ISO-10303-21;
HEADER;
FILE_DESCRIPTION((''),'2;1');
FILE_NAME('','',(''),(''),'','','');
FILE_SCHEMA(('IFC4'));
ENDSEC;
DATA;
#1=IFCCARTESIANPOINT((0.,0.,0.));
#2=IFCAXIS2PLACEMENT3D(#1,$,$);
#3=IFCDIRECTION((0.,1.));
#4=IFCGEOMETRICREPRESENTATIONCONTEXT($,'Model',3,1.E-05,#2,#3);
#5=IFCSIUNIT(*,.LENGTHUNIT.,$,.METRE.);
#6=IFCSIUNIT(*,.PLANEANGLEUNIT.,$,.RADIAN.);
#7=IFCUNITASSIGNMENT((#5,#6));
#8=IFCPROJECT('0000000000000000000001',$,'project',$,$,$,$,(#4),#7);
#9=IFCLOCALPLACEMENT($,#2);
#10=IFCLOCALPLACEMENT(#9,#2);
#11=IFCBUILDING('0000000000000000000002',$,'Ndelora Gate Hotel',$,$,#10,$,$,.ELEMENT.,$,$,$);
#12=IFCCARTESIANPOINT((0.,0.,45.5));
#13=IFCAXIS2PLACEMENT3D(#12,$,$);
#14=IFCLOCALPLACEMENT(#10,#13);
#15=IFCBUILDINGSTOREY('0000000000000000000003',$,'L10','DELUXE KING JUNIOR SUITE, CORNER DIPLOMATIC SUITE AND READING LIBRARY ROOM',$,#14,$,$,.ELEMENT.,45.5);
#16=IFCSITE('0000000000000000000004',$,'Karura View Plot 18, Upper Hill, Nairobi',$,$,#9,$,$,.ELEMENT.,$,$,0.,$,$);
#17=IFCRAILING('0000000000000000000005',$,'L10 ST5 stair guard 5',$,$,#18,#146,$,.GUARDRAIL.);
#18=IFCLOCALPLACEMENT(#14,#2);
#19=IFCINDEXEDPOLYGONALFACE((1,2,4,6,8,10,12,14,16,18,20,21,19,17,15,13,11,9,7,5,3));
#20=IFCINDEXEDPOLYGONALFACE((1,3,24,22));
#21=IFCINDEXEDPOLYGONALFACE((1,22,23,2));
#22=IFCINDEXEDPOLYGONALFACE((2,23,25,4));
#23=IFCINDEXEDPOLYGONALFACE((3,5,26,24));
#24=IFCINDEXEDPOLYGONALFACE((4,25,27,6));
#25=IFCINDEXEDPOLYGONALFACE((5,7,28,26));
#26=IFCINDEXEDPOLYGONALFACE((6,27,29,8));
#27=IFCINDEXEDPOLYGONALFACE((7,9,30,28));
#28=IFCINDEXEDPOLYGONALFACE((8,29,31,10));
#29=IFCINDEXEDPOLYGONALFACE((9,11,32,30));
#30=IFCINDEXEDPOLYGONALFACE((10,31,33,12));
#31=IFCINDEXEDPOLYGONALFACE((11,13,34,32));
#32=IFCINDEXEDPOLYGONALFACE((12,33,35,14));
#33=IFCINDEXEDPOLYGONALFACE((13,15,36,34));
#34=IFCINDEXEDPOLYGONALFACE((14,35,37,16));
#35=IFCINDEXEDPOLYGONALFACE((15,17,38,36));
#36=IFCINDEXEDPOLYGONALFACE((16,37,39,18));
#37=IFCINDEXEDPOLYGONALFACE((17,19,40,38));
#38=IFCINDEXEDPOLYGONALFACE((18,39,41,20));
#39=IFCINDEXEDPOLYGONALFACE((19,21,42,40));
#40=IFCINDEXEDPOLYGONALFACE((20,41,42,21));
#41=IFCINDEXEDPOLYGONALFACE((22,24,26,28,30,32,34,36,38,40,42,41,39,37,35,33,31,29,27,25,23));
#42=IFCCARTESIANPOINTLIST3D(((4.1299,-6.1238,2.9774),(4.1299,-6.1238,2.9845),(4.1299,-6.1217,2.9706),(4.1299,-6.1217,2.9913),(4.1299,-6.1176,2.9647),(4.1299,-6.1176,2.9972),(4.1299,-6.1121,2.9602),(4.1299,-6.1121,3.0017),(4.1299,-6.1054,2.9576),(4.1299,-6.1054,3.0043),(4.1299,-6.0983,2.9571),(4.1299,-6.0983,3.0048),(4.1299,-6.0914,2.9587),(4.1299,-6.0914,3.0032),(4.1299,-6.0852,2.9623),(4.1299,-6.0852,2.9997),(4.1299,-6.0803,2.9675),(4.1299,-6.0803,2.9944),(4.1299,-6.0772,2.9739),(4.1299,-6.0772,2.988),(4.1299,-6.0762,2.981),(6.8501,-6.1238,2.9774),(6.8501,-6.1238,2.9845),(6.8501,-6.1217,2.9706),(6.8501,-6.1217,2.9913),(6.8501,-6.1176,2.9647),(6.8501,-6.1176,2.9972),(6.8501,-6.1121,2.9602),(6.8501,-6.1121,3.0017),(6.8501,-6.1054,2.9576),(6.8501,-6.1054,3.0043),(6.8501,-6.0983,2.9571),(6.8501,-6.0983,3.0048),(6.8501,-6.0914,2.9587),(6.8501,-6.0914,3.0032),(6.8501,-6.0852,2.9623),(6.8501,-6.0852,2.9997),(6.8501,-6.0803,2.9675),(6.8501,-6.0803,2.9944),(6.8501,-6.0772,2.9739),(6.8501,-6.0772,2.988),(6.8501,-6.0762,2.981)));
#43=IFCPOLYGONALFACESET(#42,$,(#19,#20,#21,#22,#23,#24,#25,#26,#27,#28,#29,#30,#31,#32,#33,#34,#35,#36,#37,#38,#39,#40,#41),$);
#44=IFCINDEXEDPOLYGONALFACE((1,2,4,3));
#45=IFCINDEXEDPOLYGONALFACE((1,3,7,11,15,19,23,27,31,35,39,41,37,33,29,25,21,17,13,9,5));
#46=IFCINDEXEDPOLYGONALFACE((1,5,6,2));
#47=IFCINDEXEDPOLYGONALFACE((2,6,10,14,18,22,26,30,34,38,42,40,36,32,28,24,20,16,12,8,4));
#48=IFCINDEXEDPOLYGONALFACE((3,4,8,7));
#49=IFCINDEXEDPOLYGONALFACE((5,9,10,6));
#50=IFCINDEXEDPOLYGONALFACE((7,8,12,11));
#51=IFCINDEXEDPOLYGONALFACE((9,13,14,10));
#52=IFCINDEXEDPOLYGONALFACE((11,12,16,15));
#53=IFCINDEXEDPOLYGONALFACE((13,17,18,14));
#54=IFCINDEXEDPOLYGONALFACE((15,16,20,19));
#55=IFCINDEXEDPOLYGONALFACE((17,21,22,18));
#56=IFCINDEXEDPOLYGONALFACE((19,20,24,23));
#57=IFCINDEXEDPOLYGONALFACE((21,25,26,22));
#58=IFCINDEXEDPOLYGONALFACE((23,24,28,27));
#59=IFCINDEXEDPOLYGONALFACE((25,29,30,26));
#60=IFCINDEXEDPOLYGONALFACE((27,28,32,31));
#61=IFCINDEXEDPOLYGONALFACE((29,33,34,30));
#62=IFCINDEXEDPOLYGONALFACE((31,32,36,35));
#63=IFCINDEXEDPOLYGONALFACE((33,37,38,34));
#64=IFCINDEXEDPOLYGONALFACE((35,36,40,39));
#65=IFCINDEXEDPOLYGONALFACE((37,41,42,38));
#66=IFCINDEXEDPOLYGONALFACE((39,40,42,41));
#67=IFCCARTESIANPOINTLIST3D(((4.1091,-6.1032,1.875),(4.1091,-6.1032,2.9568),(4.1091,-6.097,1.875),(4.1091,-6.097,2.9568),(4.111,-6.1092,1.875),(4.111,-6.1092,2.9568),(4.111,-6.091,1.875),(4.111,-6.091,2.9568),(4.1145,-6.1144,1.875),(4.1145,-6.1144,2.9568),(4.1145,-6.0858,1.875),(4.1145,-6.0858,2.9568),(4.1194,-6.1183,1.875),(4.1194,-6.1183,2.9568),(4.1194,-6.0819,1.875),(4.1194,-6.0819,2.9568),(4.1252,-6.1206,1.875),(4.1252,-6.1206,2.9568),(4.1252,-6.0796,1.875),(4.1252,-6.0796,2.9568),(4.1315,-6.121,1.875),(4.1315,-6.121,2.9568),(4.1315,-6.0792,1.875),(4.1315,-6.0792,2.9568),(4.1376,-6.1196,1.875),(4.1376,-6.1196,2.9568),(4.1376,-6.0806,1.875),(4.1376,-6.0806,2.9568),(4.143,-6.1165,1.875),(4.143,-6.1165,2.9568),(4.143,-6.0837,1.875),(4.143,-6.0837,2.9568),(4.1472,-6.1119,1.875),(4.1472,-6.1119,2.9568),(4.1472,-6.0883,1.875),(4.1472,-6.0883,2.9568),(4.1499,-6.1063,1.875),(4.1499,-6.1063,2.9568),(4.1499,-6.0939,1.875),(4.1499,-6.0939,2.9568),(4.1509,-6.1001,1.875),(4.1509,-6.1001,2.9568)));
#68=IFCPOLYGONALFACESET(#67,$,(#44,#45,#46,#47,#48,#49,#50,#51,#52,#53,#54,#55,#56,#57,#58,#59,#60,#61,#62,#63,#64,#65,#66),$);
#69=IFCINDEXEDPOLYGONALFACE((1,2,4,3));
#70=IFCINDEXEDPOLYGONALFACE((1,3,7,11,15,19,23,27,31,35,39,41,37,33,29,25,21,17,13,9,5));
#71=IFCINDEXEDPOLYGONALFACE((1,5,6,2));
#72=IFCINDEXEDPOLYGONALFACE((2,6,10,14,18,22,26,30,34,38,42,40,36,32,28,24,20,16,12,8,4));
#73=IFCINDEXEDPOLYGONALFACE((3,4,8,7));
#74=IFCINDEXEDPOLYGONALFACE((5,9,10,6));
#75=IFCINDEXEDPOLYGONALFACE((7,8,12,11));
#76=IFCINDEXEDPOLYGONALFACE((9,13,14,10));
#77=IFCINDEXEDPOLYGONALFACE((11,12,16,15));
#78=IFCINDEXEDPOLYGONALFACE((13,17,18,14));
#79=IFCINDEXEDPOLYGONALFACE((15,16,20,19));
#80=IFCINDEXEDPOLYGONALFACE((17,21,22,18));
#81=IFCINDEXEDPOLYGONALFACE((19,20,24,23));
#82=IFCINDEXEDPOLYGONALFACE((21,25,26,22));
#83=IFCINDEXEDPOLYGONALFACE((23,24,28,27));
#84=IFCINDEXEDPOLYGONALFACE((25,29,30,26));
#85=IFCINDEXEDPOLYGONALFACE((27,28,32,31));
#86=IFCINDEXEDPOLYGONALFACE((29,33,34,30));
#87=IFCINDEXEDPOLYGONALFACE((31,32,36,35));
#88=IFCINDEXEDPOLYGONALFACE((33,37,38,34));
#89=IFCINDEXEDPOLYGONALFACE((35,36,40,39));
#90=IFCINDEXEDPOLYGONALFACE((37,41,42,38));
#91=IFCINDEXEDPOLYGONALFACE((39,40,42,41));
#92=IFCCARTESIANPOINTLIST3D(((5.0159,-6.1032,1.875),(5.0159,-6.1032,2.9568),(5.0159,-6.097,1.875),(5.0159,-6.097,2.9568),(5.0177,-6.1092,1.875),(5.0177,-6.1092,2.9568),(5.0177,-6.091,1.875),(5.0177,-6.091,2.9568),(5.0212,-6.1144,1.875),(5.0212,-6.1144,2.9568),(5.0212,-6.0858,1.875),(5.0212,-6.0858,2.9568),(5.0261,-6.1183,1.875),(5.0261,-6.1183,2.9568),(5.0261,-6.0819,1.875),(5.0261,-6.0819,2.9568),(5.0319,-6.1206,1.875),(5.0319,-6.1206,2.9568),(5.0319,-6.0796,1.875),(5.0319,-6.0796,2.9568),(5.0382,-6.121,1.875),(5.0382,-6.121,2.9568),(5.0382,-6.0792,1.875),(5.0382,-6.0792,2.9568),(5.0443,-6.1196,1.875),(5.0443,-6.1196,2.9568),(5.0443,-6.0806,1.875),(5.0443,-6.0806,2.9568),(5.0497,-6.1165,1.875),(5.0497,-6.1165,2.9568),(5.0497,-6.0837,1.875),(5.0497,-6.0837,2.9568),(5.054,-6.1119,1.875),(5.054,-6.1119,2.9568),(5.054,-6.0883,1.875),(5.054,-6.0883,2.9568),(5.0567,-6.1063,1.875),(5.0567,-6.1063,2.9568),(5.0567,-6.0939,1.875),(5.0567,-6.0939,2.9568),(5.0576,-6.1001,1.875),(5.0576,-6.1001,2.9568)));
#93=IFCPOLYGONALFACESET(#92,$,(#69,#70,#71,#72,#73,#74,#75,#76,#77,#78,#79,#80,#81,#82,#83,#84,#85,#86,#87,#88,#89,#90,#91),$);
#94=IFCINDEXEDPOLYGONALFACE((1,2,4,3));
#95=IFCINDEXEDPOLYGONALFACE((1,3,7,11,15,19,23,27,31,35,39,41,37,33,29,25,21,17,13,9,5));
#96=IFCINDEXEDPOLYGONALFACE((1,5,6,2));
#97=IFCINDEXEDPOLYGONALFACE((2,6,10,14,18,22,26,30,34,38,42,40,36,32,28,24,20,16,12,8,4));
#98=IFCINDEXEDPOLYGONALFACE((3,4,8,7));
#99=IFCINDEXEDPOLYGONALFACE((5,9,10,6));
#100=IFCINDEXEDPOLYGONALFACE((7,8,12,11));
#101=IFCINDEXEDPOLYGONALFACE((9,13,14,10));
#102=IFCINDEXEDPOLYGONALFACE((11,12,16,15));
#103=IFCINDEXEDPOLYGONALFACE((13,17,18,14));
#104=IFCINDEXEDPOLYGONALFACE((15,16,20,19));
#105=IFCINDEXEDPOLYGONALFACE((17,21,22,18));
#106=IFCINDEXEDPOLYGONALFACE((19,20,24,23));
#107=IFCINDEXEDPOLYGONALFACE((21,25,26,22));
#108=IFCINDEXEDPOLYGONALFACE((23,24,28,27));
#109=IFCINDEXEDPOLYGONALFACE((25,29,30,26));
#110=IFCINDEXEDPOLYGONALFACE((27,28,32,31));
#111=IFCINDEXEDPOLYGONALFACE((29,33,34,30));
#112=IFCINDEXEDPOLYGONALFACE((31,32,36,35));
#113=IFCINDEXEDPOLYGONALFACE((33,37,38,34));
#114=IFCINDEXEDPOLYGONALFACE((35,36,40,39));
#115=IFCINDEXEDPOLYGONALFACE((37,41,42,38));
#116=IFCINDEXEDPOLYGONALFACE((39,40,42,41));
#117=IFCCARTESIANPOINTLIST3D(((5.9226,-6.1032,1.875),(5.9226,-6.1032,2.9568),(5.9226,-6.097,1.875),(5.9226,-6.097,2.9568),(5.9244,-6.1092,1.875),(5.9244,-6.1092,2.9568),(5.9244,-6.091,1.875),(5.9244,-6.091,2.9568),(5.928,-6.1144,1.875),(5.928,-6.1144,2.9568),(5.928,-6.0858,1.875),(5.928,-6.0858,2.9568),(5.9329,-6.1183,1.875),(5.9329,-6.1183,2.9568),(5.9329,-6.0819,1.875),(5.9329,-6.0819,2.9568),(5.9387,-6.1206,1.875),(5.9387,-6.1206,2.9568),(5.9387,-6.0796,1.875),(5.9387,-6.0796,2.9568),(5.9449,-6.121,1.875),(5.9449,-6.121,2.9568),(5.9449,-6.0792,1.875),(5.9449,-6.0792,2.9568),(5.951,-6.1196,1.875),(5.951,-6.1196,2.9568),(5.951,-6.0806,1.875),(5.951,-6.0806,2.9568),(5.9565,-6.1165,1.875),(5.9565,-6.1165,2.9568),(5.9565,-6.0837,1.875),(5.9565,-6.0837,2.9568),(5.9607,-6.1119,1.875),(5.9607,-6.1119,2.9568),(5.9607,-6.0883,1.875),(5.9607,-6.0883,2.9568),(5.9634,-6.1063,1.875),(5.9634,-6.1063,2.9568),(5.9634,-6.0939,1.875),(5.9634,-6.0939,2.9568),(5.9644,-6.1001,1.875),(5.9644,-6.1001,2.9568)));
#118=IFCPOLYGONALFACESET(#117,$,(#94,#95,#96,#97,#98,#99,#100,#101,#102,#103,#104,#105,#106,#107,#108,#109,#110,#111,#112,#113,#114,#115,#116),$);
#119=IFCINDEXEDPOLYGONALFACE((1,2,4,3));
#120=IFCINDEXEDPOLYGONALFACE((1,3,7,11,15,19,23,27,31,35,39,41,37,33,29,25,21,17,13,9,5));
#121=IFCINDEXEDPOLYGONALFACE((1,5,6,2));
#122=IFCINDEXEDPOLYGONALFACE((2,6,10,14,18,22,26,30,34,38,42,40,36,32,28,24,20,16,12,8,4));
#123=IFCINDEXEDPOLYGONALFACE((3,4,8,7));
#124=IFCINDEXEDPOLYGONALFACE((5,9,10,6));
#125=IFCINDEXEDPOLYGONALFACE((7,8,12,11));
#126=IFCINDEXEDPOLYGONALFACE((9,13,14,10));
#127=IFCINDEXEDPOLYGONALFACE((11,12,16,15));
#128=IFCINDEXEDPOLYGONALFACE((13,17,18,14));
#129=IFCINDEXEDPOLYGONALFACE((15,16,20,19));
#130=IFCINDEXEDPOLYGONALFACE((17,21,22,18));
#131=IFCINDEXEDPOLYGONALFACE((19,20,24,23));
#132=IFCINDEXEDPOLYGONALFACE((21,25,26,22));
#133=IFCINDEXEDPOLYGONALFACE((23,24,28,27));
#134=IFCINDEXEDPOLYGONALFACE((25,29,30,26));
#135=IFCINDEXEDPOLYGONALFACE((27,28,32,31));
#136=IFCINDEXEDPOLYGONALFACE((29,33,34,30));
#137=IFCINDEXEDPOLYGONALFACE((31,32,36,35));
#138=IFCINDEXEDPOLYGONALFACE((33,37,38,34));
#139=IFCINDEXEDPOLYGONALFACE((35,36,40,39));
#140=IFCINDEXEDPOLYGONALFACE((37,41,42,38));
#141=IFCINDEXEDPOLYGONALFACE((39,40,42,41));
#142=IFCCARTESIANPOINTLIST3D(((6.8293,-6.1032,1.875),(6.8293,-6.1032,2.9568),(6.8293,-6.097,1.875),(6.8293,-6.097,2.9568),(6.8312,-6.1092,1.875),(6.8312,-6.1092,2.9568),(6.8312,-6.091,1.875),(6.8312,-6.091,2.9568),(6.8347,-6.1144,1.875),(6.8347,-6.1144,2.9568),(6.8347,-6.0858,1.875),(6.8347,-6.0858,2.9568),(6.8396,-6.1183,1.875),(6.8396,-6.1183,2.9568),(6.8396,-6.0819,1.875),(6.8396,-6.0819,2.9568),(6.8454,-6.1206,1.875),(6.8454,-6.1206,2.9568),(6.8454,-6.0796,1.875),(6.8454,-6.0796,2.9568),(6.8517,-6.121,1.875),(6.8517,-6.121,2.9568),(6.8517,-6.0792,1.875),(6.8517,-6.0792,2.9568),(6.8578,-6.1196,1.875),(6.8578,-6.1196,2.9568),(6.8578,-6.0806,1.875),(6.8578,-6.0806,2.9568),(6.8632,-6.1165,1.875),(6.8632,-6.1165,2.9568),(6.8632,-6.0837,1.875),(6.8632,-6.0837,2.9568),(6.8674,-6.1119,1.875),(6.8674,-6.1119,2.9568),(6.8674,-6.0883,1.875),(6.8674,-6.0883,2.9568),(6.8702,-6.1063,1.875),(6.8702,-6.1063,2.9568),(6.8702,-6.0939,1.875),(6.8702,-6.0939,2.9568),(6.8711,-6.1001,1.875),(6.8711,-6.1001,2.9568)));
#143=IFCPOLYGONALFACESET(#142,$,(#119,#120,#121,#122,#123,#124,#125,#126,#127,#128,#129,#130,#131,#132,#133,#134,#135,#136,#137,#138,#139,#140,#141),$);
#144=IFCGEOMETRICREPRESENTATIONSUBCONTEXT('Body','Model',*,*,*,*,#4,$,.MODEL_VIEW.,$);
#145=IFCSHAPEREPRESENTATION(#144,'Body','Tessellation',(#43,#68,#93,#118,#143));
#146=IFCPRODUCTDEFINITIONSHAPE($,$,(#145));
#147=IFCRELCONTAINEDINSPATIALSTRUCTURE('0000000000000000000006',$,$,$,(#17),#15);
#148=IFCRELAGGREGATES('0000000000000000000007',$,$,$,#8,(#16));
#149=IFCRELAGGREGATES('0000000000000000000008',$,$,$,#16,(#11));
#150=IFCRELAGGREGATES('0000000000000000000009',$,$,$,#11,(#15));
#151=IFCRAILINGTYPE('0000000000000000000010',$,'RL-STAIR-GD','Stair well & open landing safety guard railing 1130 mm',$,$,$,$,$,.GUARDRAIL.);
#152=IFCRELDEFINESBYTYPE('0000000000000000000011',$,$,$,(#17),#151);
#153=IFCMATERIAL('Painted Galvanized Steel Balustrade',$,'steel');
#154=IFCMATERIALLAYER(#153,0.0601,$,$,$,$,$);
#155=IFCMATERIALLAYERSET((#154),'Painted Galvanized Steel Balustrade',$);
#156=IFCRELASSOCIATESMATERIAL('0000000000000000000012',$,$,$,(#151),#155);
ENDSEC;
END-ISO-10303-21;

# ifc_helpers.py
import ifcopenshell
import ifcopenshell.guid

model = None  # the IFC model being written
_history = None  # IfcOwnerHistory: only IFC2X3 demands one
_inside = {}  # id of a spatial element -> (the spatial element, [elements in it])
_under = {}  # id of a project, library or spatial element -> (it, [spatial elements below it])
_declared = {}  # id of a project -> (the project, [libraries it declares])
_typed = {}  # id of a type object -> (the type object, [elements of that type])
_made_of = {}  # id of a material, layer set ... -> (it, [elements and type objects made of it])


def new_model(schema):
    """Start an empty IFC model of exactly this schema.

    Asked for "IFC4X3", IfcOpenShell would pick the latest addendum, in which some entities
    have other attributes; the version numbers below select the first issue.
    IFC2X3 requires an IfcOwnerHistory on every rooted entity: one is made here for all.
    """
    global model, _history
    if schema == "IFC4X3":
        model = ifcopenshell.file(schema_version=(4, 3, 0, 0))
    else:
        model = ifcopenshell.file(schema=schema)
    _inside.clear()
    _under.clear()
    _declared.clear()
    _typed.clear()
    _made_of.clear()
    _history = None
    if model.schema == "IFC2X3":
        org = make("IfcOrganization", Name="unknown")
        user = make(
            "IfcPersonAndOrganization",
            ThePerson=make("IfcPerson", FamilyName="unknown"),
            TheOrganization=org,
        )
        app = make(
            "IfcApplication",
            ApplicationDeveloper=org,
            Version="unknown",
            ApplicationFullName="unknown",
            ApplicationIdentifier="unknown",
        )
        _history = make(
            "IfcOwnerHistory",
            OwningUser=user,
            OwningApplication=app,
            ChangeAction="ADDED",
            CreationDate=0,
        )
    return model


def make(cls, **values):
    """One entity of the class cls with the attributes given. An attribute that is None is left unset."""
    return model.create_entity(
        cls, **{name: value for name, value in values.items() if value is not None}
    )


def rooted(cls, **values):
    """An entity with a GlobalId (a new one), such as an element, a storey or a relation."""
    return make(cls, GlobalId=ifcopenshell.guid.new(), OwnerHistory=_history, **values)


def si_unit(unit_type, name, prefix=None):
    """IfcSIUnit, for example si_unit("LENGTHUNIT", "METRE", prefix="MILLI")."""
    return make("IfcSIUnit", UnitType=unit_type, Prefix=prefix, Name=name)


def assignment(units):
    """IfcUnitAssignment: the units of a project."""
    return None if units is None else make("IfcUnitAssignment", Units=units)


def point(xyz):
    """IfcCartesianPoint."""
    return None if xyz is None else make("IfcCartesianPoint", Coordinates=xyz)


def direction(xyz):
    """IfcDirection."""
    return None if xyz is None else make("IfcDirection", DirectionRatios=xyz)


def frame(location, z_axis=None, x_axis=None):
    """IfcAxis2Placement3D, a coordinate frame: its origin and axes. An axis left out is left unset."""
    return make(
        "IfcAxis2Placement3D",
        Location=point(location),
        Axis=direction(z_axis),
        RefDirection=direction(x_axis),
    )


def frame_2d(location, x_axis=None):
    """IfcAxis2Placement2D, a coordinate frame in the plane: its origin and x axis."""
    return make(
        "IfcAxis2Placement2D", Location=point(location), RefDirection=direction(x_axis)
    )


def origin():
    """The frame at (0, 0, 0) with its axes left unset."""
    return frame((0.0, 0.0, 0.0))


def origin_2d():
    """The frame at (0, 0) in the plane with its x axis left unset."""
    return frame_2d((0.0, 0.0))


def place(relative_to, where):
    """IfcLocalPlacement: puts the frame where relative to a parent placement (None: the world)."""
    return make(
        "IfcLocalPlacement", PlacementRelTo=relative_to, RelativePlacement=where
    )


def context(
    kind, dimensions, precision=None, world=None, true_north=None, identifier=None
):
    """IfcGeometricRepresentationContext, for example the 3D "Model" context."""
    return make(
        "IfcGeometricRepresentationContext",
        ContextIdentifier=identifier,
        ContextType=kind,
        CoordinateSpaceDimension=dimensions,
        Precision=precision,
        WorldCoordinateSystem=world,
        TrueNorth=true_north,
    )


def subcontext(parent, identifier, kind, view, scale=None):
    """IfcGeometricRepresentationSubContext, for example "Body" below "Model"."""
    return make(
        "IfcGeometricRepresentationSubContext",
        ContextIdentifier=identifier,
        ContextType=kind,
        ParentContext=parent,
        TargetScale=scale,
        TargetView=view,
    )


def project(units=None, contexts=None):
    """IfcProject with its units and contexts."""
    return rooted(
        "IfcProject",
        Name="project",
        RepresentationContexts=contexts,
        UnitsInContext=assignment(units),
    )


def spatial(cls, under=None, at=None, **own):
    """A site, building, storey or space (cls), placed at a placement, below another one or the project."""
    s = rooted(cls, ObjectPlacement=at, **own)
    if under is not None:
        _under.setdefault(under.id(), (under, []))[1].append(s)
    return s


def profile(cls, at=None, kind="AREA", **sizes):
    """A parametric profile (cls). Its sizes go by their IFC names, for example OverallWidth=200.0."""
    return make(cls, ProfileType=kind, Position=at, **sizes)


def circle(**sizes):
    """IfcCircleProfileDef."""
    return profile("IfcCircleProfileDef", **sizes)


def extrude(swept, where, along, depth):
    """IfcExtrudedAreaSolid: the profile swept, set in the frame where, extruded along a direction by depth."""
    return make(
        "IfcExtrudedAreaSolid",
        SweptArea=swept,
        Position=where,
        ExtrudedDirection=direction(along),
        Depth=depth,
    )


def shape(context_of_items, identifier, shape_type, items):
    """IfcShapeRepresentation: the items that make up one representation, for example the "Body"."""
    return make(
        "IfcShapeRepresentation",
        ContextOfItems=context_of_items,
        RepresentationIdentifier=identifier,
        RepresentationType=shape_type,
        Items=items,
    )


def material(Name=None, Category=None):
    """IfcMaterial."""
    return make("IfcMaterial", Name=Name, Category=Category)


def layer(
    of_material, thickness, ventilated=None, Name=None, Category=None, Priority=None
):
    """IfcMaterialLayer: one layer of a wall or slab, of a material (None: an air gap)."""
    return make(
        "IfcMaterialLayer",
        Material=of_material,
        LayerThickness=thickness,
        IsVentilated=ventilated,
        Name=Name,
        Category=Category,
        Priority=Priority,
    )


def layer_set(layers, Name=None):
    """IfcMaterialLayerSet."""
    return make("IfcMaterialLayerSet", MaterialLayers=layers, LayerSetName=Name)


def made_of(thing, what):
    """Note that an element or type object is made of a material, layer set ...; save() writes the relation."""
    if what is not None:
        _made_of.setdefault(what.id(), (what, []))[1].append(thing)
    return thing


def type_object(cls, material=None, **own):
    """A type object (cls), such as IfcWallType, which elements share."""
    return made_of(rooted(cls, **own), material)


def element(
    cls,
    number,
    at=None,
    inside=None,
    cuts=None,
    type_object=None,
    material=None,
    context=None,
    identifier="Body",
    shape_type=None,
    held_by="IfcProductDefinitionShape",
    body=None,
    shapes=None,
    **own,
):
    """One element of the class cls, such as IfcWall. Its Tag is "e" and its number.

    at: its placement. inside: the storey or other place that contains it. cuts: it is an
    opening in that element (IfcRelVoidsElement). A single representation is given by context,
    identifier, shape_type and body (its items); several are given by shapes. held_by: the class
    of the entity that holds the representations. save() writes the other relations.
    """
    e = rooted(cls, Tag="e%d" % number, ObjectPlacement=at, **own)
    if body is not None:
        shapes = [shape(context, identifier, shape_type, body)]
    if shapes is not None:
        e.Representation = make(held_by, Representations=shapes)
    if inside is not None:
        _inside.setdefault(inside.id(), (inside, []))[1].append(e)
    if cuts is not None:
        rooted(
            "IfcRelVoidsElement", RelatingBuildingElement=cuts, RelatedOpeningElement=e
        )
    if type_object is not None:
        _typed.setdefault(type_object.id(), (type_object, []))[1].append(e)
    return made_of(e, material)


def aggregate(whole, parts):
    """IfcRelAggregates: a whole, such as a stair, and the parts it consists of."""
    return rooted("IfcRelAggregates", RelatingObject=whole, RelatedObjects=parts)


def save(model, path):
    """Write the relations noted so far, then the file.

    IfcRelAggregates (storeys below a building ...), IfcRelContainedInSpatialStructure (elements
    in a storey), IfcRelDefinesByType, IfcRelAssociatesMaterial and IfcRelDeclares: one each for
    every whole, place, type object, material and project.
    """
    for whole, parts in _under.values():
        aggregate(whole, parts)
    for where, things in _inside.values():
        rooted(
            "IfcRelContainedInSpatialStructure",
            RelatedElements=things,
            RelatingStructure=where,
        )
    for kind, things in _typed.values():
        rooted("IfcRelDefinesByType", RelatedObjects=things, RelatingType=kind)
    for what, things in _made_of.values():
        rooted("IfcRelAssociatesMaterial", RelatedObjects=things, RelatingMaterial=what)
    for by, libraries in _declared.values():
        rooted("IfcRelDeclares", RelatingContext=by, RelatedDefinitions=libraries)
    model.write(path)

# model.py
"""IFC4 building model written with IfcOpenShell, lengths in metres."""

from ifc_helpers import new_model, si_unit, direction, frame, origin, origin_2d, place, context, subcontext, project, spatial, circle, extrude, material, layer, layer_set, type_object, element, save


model = new_model("IFC4")

# Units and contexts
model_context = context("Model", 3, precision=1e-05, world=origin(), true_north=direction((0.0, 1.0)))
body_context = subcontext(model_context, "Body", "Model", "MODEL_VIEW")
ifc_project = project(units=[si_unit("LENGTHUNIT", "METRE"), si_unit("PLANEANGLEUNIT", "RADIAN")], contexts=[model_context])

# Site, building, storey
site_placement = place(None, origin())
site = spatial("IfcSite", under=ifc_project, at=site_placement, Name="Karura View Plot 18, Upper Hill, Nairobi", CompositionType="ELEMENT", RefElevation=0.0)
building_placement = place(site_placement, origin())
building = spatial("IfcBuilding", under=site, at=building_placement, Name="Ndelora Gate Hotel", CompositionType="ELEMENT")
storey_placement = place(building_placement, frame((0.0, 0.0, 45.5)))
storey = spatial("IfcBuildingStorey", under=building, at=storey_placement, Name="L10", Description="DELUXE KING JUNIOR SUITE, CORNER DIPLOMATIC SUITE AND READING LIBRARY ROOM", CompositionType="ELEMENT", Elevation=45.5)

# Railing
ifc_material_1 = material(Name="Painted Galvanized Steel Balustrade", Category="steel")
ifc_layer_1 = layer(ifc_material_1, 0.0601)
ifc_layer_set_1 = layer_set([ifc_layer_1], Name="Painted Galvanized Steel Balustrade")
railing_type = type_object("IfcRailingType", Name="RL-STAIR-GD", Description="Stair well & open landing safety guard railing 1130 mm", PredefinedType="GUARDRAIL", material=ifc_layer_set_1)
railing_1_placement = place(storey_placement, frame((4.1299, -6.1001, 1.875)))
element("IfcRailing", 1, at=railing_1_placement, inside=storey, type_object=railing_type, Name="L10 ST5 stair guard 5", PredefinedType="GUARDRAIL", context=body_context, shape_type="SweptSolid", body=[
    extrude(circle(Radius=0.0239, at=origin_2d()), frame((0.0, 0.0, 1.106), z_axis=(1.0, 0.0, 0.0), x_axis=(0.0, 1.0, 0.0)), (0.0, 0.0, 1.0), 2.7202),
    extrude(circle(Radius=0.021, at=origin_2d()), origin(), (0.0, 0.0, 1.0), 1.0818),
    extrude(circle(Radius=0.021, at=origin_2d()), frame((0.9067, 0.0, 0.0)), (0.0, 0.0, 1.0), 1.0818),
    extrude(circle(Radius=0.021, at=origin_2d()), frame((1.8135, 0.0, 0.0)), (0.0, 0.0, 1.0), 1.0818),
    extrude(circle(Radius=0.021, at=origin_2d()), frame((2.7202, 0.0, 0.0)), (0.0, 0.0, 1.0), 1.0818),
])

save(model, "model.ifc")
